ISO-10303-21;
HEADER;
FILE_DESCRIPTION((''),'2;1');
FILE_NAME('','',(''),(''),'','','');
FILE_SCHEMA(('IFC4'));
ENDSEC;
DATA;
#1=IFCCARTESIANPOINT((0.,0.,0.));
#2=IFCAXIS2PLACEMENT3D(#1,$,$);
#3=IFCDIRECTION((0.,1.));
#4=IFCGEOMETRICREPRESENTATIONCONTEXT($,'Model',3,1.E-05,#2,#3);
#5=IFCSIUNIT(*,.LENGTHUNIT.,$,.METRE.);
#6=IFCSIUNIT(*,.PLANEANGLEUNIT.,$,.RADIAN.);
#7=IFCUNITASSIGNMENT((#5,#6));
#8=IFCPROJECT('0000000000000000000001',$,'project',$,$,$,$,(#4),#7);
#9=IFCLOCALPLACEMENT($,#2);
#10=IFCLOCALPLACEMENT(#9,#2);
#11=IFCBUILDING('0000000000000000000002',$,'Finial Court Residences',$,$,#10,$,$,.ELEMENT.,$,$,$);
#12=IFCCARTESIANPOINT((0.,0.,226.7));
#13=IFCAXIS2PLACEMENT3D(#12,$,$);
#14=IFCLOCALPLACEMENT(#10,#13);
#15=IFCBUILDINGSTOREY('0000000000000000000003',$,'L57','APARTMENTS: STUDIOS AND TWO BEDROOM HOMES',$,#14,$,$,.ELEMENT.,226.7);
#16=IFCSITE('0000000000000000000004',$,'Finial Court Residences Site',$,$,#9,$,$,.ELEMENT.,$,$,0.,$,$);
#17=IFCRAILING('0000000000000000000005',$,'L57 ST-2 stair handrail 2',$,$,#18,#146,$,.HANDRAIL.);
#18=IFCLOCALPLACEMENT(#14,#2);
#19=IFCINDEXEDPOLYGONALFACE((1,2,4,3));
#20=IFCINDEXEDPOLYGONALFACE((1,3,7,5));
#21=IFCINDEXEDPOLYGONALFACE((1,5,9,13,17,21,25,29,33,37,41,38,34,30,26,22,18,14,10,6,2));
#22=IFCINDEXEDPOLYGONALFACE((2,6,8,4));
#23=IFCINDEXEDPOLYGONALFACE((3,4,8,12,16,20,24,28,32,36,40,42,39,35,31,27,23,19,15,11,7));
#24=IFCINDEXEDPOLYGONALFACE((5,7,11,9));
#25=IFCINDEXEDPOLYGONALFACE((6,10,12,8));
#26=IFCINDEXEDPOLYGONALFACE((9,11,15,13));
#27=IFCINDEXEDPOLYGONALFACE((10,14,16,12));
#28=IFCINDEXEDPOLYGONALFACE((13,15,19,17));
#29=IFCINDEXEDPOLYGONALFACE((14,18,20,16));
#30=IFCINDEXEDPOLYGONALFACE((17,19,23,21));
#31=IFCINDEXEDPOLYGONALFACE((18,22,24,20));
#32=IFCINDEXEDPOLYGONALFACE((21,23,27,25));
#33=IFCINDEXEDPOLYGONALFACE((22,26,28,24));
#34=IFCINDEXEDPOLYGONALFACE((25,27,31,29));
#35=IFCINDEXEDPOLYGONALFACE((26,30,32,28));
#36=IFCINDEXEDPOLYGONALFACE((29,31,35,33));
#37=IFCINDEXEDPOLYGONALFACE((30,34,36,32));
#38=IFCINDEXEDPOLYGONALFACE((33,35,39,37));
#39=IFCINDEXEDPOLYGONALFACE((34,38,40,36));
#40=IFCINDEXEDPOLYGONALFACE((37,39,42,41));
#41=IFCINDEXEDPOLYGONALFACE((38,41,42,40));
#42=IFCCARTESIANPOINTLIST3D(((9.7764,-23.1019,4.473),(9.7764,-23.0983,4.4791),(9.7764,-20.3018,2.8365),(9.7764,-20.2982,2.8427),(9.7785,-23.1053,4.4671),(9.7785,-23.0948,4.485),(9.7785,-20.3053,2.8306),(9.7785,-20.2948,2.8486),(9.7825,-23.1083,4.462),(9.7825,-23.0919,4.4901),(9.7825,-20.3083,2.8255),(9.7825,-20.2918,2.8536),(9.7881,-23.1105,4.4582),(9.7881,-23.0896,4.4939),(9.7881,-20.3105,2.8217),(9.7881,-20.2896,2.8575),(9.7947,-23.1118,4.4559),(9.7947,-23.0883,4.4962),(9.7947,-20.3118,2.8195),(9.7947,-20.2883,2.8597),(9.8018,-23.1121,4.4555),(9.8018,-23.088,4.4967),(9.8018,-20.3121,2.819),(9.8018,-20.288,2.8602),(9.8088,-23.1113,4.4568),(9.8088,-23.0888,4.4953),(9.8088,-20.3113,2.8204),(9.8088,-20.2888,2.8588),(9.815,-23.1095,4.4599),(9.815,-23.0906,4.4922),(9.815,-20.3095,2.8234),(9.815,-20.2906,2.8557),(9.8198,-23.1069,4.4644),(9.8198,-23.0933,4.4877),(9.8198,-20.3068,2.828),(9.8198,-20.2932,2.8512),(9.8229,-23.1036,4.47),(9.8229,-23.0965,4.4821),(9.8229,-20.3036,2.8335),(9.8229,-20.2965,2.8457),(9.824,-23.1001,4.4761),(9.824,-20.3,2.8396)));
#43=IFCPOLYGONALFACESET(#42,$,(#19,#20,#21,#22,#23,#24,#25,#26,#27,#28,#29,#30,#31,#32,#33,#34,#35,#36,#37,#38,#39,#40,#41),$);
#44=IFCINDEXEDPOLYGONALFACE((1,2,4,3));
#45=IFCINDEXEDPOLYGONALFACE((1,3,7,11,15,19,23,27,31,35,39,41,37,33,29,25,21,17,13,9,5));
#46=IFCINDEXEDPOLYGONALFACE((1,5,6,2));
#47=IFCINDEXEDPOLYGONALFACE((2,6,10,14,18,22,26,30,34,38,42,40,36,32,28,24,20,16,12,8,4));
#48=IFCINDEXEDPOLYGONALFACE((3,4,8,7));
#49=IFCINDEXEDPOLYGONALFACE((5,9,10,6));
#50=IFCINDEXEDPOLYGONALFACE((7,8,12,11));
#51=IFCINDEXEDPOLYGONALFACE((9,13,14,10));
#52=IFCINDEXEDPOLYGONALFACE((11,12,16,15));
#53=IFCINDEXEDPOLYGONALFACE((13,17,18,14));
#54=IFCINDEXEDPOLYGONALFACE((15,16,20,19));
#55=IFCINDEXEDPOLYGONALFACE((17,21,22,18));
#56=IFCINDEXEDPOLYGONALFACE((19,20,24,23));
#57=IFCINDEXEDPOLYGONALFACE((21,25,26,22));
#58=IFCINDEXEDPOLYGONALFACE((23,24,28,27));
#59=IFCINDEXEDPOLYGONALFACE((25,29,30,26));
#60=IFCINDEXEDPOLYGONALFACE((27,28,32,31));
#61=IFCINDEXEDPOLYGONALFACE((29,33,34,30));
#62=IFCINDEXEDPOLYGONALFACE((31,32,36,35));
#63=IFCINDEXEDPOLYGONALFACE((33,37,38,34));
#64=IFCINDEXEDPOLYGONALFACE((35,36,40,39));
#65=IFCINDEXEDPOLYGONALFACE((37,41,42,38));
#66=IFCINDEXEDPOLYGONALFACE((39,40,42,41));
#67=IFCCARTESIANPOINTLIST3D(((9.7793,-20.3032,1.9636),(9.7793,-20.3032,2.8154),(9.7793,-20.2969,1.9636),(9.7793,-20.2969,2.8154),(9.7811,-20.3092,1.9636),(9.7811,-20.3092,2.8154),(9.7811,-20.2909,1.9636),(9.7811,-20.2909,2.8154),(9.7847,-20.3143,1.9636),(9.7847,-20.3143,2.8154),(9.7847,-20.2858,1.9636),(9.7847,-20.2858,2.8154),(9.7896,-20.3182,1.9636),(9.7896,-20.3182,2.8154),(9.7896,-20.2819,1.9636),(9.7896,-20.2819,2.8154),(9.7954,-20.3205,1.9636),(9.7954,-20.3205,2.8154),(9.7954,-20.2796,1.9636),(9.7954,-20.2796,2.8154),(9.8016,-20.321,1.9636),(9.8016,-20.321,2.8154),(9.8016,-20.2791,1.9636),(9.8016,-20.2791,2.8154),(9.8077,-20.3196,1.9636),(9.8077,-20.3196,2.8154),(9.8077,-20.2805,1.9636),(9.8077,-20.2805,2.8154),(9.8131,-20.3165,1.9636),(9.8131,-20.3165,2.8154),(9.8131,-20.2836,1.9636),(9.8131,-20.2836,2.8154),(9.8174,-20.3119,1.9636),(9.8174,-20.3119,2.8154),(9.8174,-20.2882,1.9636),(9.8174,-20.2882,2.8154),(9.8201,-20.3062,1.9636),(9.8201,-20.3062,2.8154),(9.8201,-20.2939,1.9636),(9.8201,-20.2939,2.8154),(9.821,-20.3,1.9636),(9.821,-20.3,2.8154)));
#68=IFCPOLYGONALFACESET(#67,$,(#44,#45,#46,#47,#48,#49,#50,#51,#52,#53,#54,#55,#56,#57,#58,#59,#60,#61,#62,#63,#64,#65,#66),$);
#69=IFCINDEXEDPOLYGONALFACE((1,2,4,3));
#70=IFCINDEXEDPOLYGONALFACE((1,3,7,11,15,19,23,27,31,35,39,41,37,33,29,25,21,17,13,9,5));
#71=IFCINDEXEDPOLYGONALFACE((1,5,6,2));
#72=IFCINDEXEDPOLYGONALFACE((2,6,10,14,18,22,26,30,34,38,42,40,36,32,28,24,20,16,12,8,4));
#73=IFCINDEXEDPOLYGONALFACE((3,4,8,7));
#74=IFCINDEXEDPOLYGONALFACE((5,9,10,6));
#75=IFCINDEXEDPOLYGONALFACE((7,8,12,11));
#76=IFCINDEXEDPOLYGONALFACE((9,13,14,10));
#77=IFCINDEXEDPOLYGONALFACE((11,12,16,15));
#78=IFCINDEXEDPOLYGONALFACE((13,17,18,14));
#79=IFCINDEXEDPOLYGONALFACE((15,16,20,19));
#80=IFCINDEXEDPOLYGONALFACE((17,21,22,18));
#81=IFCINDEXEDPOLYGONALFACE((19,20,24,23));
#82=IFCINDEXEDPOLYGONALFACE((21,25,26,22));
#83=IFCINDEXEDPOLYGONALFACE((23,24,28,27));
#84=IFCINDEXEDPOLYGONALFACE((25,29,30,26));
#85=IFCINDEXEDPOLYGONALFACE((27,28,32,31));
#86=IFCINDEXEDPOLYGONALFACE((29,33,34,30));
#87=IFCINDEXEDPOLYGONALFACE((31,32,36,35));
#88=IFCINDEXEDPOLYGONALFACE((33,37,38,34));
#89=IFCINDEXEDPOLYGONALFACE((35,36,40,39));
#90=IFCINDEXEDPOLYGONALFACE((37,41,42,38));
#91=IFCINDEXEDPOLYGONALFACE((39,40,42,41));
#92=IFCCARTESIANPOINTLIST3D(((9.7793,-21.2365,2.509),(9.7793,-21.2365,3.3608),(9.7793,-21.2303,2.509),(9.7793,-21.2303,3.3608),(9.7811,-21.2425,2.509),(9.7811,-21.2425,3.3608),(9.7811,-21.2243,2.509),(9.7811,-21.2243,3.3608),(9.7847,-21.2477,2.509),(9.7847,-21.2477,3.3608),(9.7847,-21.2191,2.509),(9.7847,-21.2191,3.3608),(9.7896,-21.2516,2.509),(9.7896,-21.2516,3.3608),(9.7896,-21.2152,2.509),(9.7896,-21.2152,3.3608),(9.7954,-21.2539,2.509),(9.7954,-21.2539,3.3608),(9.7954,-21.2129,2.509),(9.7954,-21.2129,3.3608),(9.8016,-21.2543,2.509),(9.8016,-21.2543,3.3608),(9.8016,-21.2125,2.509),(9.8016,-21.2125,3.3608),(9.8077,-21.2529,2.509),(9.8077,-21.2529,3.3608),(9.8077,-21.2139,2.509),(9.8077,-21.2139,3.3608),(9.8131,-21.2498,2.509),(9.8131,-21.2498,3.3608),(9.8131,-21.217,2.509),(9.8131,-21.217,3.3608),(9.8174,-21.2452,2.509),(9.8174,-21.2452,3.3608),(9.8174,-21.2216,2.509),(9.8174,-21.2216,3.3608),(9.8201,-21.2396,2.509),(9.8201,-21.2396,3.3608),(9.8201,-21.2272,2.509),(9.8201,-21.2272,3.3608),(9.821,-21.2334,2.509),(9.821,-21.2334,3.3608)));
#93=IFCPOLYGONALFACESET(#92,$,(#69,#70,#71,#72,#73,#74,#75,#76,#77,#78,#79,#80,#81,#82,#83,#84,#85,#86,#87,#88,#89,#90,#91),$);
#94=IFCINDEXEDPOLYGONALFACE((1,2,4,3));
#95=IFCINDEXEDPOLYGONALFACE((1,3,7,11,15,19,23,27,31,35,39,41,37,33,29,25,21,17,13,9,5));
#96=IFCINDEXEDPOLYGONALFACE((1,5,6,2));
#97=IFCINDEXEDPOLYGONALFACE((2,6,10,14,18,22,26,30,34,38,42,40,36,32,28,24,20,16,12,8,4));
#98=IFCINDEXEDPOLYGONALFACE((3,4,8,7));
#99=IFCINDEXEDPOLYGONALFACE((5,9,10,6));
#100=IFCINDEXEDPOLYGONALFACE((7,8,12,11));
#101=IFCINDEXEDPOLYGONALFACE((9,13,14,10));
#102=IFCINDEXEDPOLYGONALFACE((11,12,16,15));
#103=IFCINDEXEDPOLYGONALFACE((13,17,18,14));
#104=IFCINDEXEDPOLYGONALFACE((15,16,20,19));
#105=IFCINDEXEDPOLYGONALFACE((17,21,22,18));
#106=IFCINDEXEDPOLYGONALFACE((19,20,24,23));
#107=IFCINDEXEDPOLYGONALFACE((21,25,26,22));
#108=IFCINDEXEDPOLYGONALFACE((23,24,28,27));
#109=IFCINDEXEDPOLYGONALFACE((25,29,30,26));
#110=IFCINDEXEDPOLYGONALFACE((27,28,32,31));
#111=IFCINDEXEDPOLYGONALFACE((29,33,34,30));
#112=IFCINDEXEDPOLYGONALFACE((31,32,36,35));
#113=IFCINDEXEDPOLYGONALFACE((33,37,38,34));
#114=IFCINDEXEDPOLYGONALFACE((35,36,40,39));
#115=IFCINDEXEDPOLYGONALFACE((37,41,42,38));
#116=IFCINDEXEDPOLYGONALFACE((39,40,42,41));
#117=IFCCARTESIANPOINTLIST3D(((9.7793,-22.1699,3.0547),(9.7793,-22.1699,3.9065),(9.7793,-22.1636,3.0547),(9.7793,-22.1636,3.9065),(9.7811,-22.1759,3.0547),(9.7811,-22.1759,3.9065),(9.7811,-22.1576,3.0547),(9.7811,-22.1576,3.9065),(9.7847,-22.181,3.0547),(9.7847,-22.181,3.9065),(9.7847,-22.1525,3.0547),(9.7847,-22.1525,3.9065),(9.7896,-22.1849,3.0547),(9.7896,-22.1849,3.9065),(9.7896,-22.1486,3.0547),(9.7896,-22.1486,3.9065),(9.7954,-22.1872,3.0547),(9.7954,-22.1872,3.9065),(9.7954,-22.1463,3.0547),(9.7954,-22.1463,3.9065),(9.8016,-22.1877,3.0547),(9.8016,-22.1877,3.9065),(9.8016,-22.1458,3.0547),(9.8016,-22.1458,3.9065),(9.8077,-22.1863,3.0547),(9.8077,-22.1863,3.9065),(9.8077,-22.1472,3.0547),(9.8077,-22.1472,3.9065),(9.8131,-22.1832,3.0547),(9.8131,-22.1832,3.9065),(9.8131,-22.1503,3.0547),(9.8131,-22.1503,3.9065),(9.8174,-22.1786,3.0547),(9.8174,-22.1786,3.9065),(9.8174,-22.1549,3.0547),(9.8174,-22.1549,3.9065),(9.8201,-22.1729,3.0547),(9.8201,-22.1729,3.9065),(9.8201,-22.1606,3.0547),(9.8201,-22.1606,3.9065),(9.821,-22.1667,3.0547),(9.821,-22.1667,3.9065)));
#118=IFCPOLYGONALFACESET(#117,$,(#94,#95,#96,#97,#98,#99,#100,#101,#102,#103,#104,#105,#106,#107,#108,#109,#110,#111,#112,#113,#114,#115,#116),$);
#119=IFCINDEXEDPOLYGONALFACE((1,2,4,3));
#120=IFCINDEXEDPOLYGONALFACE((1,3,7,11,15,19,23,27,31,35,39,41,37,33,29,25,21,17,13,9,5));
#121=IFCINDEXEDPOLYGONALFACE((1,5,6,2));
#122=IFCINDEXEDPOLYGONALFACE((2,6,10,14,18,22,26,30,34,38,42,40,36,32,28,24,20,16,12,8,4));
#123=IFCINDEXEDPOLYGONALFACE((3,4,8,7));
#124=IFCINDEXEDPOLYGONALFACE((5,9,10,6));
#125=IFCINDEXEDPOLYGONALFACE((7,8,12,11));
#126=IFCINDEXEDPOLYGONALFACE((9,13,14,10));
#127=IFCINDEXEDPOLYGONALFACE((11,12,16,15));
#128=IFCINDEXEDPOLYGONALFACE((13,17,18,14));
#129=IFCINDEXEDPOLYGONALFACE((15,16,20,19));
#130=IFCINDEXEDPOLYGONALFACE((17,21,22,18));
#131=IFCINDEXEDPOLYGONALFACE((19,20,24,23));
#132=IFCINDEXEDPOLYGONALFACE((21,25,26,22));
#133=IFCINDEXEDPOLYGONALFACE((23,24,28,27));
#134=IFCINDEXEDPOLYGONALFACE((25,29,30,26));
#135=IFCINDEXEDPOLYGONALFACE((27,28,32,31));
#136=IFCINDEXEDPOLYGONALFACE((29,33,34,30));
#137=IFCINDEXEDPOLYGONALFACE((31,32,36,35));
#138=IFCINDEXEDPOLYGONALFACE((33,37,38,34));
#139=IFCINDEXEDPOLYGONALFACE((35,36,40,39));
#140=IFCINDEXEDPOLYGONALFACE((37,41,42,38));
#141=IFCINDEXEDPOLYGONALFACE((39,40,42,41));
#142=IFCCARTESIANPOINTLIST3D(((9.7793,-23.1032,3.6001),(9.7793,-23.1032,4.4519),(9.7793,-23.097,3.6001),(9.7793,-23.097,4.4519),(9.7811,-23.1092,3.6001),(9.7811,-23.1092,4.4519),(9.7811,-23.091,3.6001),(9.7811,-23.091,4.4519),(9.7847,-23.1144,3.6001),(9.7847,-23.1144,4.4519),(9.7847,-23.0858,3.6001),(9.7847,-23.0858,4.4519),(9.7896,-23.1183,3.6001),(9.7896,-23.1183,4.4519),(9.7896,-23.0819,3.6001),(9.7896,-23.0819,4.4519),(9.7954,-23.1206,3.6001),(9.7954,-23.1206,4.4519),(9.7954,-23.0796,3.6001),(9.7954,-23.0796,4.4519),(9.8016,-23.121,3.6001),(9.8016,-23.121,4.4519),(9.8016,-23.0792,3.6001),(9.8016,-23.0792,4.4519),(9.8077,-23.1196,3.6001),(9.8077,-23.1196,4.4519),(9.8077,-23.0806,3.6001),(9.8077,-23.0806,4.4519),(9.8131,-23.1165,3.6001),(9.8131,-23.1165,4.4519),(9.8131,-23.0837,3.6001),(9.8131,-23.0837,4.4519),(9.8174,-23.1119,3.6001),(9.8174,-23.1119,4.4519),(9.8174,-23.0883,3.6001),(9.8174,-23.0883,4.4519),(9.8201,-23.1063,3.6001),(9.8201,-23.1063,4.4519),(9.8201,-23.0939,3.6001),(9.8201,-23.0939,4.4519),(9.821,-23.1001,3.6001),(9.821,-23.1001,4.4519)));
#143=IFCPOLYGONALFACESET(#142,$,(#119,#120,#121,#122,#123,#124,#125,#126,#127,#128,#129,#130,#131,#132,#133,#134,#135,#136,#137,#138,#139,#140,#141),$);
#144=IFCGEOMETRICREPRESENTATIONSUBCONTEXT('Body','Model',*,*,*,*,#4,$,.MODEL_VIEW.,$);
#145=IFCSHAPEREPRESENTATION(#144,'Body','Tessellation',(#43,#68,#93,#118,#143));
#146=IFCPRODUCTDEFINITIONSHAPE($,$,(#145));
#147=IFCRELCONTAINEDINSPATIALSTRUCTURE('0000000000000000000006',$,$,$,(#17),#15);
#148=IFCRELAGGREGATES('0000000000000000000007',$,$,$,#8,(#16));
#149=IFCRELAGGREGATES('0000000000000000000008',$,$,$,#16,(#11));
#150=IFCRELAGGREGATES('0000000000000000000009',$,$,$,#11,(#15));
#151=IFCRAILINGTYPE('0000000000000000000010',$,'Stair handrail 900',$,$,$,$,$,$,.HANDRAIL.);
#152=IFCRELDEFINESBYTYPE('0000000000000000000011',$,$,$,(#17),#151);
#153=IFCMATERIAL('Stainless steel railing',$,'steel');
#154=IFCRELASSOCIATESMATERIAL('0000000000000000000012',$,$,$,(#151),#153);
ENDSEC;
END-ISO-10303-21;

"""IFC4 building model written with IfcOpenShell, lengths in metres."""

from ifc_helpers import new_model, si_unit, direction, frame, origin, origin_2d, place, context, subcontext, project, spatial, circle, extrude, material, type_object, element, save


model = new_model("IFC4")

# Units and contexts
model_context = context("Model", 3, precision=1e-05, world=origin(), true_north=direction((0.0, 1.0)))
body_context = subcontext(model_context, "Body", "Model", "MODEL_VIEW")
ifc_project = project(units=[si_unit("LENGTHUNIT", "METRE"), si_unit("PLANEANGLEUNIT", "RADIAN")], contexts=[model_context])

# Site, building, storey
site_placement = place(None, origin())
site = spatial("IfcSite", under=ifc_project, at=site_placement, Name="Finial Court Residences Site", CompositionType="ELEMENT", RefElevation=0.0)
building_placement = place(site_placement, origin())
building = spatial("IfcBuilding", under=site, at=building_placement, Name="Finial Court Residences", CompositionType="ELEMENT")
storey_placement = place(building_placement, frame((0.0, 0.0, 226.7)))
storey = spatial("IfcBuildingStorey", under=building, at=storey_placement, Name="L57", Description="APARTMENTS: STUDIOS AND TWO BEDROOM HOMES", CompositionType="ELEMENT", Elevation=226.7)

# Railing
ifc_material_1 = material(Name="Stainless steel railing", Category="steel")
railing_type_1 = type_object("IfcRailingType", Name="Stair handrail 900", PredefinedType="HANDRAIL", material=ifc_material_1)
railing_1_placement = place(storey_placement, frame((9.8, -20.3, 1.9636)))
element("IfcRailing", 1, at=railing_1_placement, inside=storey, type_object=railing_type_1, Name="L57 ST-2 stair handrail 2", PredefinedType="HANDRAIL", context=body_context, shape_type="SweptSolid", body=[
    extrude(circle(Radius=0.0239, at=origin_2d()), frame((0.0, 0.0, 0.876), z_axis=(0.0, -0.863361, 0.504587), x_axis=(1.0, 0.0, 0.0)), (0.0, 0.0, 1.0), 3.2432),
    extrude(circle(Radius=0.021, at=origin_2d()), origin(), (0.0, 0.0, 1.0), 0.8518),
    extrude(circle(Radius=0.021, at=origin_2d()), frame((0.0, -0.9333, 0.5454)), (0.0, 0.0, 1.0), 0.8518),
    extrude(circle(Radius=0.021, at=origin_2d()), frame((0.0, -1.8667, 1.0911)), (0.0, 0.0, 1.0), 0.8518),
    extrude(circle(Radius=0.021, at=origin_2d()), frame((0.0, -2.8, 1.6365)), (0.0, 0.0, 1.0), 0.8518),
])

save(model, "model.ifc")
